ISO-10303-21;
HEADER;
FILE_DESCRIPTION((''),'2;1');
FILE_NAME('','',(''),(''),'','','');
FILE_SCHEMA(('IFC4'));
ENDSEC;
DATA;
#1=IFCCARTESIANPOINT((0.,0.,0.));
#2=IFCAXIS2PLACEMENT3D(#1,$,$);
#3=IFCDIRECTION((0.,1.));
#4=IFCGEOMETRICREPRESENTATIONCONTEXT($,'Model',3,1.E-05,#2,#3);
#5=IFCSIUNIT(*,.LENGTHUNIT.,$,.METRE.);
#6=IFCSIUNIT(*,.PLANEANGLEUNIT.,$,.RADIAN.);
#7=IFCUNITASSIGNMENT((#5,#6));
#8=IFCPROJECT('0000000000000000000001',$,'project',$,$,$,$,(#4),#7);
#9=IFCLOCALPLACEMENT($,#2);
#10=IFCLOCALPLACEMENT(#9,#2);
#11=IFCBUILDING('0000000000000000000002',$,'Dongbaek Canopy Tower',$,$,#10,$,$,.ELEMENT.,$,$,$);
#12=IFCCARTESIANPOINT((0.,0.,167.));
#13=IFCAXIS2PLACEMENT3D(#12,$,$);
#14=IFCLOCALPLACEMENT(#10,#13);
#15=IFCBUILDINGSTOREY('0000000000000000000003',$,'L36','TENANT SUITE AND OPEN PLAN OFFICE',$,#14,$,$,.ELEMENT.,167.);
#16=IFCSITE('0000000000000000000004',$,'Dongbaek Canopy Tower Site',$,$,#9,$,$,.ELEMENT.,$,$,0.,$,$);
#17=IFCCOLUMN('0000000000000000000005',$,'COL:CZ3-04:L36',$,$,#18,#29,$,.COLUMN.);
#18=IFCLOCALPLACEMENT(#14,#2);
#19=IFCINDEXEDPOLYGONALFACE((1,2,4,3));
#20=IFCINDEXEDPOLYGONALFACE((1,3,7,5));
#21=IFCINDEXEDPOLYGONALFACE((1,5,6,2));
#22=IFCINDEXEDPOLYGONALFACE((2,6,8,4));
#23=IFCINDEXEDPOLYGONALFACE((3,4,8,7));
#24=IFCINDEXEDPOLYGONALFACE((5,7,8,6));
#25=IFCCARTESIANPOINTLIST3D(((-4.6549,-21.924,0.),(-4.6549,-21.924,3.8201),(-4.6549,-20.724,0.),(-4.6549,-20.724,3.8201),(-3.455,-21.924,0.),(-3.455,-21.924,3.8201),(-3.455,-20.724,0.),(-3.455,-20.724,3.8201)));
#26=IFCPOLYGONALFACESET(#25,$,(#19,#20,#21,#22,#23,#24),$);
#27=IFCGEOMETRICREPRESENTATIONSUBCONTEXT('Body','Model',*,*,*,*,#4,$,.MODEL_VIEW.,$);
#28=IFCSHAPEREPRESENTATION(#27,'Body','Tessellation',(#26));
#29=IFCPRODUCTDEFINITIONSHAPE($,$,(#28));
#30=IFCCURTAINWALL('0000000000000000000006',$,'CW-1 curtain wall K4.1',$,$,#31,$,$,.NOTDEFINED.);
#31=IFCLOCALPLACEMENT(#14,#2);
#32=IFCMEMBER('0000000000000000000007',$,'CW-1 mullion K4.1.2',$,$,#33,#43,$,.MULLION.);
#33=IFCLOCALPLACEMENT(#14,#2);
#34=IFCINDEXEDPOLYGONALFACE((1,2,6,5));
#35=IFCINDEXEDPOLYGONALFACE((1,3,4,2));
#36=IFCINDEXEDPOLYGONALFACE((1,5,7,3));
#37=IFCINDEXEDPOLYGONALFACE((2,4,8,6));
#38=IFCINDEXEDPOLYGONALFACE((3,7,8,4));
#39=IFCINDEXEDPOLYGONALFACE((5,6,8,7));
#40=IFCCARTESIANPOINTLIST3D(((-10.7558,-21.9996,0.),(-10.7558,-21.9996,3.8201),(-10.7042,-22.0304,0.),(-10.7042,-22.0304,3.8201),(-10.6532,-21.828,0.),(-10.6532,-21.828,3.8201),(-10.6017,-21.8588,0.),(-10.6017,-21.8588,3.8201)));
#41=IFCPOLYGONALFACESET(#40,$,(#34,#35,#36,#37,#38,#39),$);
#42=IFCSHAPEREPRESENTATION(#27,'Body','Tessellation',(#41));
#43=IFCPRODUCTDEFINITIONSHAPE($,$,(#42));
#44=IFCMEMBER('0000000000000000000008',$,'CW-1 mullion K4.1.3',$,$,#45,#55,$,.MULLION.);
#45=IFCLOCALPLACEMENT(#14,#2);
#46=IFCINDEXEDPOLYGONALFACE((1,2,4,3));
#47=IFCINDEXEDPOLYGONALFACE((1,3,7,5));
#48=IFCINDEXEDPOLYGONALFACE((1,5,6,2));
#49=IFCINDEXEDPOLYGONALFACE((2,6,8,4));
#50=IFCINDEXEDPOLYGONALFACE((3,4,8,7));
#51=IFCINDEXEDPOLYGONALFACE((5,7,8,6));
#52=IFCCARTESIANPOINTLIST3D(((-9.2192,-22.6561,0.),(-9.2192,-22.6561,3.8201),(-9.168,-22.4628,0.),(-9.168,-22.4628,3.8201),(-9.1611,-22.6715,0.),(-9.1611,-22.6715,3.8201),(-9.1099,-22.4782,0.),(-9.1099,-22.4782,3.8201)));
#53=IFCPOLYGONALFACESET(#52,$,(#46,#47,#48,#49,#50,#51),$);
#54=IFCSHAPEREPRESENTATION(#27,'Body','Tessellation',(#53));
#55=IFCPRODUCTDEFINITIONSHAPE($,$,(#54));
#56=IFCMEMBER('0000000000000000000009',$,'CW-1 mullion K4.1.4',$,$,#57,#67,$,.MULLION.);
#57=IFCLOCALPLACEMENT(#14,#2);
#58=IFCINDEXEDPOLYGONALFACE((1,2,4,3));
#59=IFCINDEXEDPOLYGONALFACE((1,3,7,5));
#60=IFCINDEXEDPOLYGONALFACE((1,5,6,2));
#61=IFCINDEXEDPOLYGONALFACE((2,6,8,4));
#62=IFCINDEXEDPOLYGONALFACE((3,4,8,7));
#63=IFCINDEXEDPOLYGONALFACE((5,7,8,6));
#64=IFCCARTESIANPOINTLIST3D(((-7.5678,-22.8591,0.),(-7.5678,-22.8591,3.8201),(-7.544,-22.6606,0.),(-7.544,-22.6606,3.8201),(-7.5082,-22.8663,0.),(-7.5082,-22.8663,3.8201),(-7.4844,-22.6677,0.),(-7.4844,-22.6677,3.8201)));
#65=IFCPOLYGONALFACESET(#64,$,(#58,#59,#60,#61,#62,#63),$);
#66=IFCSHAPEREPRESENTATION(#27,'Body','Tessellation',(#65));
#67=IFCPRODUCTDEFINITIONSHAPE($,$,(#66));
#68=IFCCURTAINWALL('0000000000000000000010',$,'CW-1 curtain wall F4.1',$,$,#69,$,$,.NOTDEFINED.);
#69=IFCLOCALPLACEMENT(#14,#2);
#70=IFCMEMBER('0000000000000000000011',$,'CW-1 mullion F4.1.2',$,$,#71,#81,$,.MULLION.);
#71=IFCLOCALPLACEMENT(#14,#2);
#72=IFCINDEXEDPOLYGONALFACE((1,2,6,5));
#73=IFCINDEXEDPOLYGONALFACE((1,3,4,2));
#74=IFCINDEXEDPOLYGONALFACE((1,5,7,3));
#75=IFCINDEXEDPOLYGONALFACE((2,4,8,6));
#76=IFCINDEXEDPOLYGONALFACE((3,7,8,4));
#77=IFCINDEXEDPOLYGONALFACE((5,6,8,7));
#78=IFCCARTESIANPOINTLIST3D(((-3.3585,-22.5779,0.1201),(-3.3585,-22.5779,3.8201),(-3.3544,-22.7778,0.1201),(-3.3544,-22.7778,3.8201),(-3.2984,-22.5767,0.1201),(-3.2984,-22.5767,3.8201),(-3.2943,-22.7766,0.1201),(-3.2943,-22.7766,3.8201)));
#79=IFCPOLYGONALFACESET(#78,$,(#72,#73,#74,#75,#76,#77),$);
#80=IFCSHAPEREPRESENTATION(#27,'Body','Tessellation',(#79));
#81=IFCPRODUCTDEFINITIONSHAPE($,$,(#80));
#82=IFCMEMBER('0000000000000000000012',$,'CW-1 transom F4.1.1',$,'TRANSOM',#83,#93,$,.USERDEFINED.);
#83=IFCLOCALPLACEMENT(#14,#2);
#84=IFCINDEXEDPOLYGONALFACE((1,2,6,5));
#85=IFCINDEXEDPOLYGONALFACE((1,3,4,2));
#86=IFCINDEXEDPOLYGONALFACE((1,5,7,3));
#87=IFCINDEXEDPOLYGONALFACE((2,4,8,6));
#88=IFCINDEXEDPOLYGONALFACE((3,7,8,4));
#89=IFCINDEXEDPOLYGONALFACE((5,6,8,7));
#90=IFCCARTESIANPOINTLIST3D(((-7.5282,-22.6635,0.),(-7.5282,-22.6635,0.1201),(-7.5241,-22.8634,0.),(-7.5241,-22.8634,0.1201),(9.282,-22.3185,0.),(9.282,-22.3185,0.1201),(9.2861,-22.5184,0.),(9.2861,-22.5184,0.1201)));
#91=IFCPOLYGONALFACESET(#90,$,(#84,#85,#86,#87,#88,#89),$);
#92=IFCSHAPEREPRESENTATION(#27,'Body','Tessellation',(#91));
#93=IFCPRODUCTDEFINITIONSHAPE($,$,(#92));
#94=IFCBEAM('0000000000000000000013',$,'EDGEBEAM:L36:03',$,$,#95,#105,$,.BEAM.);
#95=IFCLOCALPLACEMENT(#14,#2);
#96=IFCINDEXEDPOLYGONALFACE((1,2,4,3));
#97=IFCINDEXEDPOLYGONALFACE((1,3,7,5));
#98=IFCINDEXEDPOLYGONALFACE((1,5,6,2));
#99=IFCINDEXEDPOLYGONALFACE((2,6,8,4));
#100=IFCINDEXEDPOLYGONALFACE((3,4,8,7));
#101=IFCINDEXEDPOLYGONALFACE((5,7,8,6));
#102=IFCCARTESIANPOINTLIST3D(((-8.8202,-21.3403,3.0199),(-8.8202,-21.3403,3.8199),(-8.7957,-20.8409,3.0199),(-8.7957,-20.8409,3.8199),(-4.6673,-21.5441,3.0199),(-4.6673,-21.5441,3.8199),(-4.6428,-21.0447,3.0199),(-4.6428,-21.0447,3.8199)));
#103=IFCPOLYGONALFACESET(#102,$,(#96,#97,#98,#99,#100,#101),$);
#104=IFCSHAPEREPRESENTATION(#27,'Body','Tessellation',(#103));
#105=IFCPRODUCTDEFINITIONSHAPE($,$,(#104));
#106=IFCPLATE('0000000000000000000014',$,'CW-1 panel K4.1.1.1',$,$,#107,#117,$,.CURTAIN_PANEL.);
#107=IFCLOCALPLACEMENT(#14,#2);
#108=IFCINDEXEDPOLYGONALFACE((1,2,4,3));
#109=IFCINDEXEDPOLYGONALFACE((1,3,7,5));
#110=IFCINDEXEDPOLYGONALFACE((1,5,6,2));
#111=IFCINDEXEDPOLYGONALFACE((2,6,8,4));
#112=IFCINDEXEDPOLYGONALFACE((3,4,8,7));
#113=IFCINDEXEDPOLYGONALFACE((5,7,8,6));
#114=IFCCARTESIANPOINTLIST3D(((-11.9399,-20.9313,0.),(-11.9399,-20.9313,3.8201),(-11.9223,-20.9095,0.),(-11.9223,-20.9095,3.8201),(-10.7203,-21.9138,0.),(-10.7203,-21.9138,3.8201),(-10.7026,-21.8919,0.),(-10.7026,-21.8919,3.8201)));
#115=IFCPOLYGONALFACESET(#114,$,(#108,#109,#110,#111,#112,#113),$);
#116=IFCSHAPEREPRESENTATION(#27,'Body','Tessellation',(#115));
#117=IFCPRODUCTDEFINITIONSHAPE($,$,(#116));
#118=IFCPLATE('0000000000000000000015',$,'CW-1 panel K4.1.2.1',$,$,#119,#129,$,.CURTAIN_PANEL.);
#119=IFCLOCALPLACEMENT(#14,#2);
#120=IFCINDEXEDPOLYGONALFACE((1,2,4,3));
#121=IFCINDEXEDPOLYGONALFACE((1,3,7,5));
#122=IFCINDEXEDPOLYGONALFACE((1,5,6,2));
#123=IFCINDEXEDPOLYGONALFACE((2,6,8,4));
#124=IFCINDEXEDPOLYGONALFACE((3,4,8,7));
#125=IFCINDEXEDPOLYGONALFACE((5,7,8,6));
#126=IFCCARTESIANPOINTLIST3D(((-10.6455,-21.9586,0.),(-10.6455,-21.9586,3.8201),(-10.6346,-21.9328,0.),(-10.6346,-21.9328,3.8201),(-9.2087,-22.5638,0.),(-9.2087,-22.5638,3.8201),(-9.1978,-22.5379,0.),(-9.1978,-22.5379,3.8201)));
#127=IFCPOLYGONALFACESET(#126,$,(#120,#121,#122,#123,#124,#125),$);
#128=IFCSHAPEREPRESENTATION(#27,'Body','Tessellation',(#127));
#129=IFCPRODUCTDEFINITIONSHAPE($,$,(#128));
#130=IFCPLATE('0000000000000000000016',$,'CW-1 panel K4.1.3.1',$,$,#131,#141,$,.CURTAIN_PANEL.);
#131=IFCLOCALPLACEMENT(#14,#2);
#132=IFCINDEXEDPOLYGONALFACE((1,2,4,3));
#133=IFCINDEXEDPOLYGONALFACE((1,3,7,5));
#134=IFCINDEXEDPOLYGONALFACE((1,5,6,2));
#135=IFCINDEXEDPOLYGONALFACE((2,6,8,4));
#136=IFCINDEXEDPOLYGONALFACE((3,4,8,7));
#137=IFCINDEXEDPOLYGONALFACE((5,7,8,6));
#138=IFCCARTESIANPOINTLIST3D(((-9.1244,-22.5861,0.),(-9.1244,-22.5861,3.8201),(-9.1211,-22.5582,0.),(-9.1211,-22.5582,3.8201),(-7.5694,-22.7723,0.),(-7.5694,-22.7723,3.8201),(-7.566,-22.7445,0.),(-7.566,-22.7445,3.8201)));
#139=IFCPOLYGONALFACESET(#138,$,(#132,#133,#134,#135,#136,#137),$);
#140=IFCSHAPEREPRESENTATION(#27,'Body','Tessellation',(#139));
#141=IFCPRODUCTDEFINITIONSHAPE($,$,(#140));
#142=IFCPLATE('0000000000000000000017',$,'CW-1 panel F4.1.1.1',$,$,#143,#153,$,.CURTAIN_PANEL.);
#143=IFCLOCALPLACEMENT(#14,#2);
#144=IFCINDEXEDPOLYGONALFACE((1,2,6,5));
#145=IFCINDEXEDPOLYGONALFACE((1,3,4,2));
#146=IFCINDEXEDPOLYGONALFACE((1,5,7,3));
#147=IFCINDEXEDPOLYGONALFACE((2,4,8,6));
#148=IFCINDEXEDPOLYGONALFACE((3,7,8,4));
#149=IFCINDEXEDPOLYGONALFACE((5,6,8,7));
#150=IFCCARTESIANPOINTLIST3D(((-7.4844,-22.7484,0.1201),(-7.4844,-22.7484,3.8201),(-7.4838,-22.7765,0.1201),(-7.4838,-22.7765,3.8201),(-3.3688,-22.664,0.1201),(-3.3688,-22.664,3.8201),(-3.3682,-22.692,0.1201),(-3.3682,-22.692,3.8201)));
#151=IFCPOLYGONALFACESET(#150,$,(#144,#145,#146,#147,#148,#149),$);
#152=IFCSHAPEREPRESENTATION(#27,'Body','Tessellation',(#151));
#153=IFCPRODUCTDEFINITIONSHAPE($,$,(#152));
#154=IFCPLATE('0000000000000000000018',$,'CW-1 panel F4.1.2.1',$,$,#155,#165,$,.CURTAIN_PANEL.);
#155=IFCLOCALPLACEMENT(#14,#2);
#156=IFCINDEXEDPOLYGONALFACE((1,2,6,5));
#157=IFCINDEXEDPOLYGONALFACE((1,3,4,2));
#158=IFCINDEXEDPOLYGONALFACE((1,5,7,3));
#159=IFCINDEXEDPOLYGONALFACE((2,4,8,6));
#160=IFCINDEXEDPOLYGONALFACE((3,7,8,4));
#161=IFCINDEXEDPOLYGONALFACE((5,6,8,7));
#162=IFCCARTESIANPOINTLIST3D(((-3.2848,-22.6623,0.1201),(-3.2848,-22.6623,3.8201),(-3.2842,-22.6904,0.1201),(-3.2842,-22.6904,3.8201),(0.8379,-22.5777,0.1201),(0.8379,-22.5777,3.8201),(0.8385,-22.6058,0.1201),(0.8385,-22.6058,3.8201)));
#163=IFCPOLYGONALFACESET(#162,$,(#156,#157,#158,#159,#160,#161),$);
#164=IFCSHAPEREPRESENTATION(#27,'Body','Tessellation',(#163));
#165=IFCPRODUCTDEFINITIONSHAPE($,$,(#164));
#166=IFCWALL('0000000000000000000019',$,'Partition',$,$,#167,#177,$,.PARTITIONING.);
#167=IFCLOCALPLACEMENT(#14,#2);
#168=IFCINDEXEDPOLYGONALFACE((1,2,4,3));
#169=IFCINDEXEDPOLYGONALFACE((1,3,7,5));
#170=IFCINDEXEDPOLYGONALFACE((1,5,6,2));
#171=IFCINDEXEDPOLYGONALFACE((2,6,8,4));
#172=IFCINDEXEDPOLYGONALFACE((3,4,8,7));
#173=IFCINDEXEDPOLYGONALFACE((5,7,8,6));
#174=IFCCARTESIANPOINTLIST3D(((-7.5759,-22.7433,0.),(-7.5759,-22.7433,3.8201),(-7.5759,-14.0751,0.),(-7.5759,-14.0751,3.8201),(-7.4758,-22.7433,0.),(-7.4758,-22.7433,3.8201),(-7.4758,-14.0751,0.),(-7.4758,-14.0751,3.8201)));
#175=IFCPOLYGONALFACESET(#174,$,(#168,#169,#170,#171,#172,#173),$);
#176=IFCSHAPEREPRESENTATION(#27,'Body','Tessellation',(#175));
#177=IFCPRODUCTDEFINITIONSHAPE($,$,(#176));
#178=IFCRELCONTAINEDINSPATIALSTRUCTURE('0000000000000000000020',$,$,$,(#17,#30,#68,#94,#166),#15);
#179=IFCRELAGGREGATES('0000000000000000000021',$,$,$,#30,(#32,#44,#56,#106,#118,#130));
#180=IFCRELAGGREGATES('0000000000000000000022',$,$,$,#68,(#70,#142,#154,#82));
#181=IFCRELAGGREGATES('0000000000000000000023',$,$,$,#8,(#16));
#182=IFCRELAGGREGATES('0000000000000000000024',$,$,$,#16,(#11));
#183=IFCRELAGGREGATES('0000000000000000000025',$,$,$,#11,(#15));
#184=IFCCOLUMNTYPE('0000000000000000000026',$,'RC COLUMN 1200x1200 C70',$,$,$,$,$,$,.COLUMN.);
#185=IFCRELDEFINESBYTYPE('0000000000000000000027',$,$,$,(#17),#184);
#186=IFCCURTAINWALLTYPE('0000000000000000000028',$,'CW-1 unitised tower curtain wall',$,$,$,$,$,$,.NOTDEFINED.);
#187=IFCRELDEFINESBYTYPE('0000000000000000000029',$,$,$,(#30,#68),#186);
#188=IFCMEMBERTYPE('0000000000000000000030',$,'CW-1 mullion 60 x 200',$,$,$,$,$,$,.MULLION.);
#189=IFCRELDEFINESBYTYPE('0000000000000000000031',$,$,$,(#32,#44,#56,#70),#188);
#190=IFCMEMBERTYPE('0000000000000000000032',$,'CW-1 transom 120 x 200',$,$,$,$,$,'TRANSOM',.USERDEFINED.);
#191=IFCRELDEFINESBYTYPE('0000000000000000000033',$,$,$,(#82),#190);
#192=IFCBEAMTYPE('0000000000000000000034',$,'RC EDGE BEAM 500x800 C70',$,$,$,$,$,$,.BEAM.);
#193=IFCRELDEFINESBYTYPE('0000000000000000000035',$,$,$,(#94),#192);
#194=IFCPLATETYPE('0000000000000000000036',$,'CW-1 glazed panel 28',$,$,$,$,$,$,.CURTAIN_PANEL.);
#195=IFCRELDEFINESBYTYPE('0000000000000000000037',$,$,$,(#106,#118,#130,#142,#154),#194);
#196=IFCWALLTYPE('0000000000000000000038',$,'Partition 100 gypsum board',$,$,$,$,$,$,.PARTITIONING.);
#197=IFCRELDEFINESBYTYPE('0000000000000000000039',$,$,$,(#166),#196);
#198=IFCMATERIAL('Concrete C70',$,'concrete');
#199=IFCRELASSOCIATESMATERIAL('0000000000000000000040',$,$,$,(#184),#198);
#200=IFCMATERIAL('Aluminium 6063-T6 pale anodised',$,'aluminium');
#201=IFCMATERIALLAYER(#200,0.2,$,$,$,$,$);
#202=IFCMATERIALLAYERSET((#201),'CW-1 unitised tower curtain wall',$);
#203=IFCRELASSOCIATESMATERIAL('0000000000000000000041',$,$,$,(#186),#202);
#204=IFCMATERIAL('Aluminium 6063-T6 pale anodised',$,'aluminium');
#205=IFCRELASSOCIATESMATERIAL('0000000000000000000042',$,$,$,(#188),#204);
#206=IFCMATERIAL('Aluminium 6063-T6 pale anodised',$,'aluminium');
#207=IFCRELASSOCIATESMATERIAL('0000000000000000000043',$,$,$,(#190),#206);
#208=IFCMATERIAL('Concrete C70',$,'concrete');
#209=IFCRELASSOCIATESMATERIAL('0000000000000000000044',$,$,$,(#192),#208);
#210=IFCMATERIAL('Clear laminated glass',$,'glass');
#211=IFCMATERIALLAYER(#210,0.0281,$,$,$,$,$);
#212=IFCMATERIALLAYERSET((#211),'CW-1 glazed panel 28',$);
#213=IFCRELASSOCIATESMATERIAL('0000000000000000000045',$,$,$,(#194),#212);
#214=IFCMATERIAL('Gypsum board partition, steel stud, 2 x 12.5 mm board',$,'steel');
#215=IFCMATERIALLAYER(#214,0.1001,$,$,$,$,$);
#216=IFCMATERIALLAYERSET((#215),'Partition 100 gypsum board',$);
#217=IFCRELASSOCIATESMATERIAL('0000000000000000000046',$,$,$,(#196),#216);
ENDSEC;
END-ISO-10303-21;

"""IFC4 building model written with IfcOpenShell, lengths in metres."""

from ifc_helpers import new_model, si_unit, direction, frame, frame_2d, origin, origin_2d, place, context, subcontext, project, spatial, rectangle, extrude, material, layer, layer_set, material_profile, profile_set, type_object, element, aggregate, save


model = new_model("IFC4")

# Units and contexts
model_context = context("Model", 3, precision=1e-05, world=origin(), true_north=direction((0.0, 1.0)))
body_context = subcontext(model_context, "Body", "Model", "MODEL_VIEW")
ifc_project = project(units=[si_unit("LENGTHUNIT", "METRE"), si_unit("PLANEANGLEUNIT", "RADIAN")], contexts=[model_context])

# Site, building, storey
site_placement = place(None, origin())
site = spatial("IfcSite", under=ifc_project, at=site_placement, Name="Dongbaek Canopy Tower Site", CompositionType="ELEMENT", RefElevation=0.0)
building_placement = place(site_placement, origin())
building = spatial("IfcBuilding", under=site, at=building_placement, Name="Dongbaek Canopy Tower", CompositionType="ELEMENT")
storey_placement = place(building_placement, frame((0.0, 0.0, 167.0)))
storey = spatial("IfcBuildingStorey", under=building, at=storey_placement, Name="L36", Description="TENANT SUITE AND OPEN PLAN OFFICE", CompositionType="ELEMENT", Elevation=167.0)

# Column
ifc_material_1 = material(Name="Concrete C70", Category="concrete")
ifc_material_profile_1 = material_profile(ifc_material_1, rectangle(XDim=1.2, YDim=1.2, at=origin_2d()), Name="RC COLUMN 1200x1200 C70")
ifc_profile_set_1 = profile_set([ifc_material_profile_1], Name="Concrete C70")
column_type = type_object("IfcColumnType", Name="RC COLUMN 1200x1200 C70", PredefinedType="COLUMN", material=ifc_profile_set_1)
column_placement = place(storey_placement, frame((-4.0549, -21.324, 0.0), z_axis=(0.0, 0.0, 1.0), x_axis=(1.0, 0.0, 0.0)))
element("IfcColumn", 1, at=column_placement, inside=storey, type_object=column_type, Name="COL:CZ3-04:L36", PredefinedType="COLUMN", context=body_context, shape_type="SweptSolid", body=[
    extrude(rectangle(XDim=1.2, YDim=1.2, at=origin_2d()), origin(), (0.0, 0.0, 1.0), 3.8201),
])

# Curtain walls, members
ifc_material_2 = material(Name="Aluminium 6063-T6 pale anodised", Category="aluminium")
ifc_layer_1 = layer(ifc_material_2, 0.2)
ifc_layer_set_1 = layer_set([ifc_layer_1], Name="CW-1 unitised tower curtain wall")
curtain_wall_type = type_object("IfcCurtainWallType", Name="CW-1 unitised tower curtain wall", PredefinedType="NOTDEFINED", material=ifc_layer_set_1)
curtain_wall_1_placement = place(storey_placement, origin())
curtain_wall_1 = element("IfcCurtainWall", 2, at=curtain_wall_1_placement, inside=storey, type_object=curtain_wall_type, Name="CW-1 curtain wall K4.1", PredefinedType="NOTDEFINED")
ifc_material_3 = material(Name="Aluminium 6063-T6 pale anodised", Category="aluminium")
ifc_material_profile_2 = material_profile(ifc_material_3, rectangle(XDim=0.2, YDim=0.0601, at=origin_2d()), Name="CW-1 mullion 60 x 200")
ifc_profile_set_2 = profile_set([ifc_material_profile_2], Name="Aluminium 6063-T6 pale anodised")
member_type_1 = type_object("IfcMemberType", Name="CW-1 mullion 60 x 200", PredefinedType="MULLION", material=ifc_profile_set_2)
member_1_placement = place(storey_placement, frame((-10.6787, -21.9292, 0.0), z_axis=(0.0, 0.0, 1.0), x_axis=(-0.512735, -0.858547, 0.0)))
member_1 = element("IfcMember", 3, at=member_1_placement, type_object=member_type_1, Name="CW-1 mullion K4.1.2", PredefinedType="MULLION", context=body_context, shape_type="SweptSolid", body=[
    extrude(rectangle(XDim=0.2, YDim=0.0601, at=origin_2d()), origin(), (0.0, 0.0, 1.0), 3.8201),
])
member_2_placement = place(storey_placement, frame((-9.1646, -22.5671, 0.0), z_axis=(0.0, 0.0, 1.0), x_axis=(-0.256042, -0.966666, 0.0)))
member_2 = element("IfcMember", 4, at=member_2_placement, type_object=member_type_1, Name="CW-1 mullion K4.1.3", PredefinedType="MULLION", context=body_context, shape_type="SweptSolid", body=[
    extrude(rectangle(XDim=0.2, YDim=0.0601, at=origin_2d()), origin(), (0.0, 0.0, 1.0), 3.8201),
])
member_3_placement = place(storey_placement, frame((-7.5261, -22.7634, 0.0), z_axis=(0.0, 0.0, 1.0), x_axis=(-0.118922, -0.992904, 0.0)))
member_3 = element("IfcMember", 5, at=member_3_placement, type_object=member_type_1, Name="CW-1 mullion K4.1.4", PredefinedType="MULLION", context=body_context, shape_type="SweptSolid", body=[
    extrude(rectangle(XDim=0.2, YDim=0.0601, at=origin_2d()), origin(), (0.0, 0.0, 1.0), 3.8201),
])
curtain_wall_2_placement = place(storey_placement, origin())
curtain_wall_2 = element("IfcCurtainWall", 6, at=curtain_wall_2_placement, inside=storey, type_object=curtain_wall_type, Name="CW-1 curtain wall F4.1", PredefinedType="NOTDEFINED")
member_4_placement = place(storey_placement, frame((-3.3264, -22.6772, 0.1201), z_axis=(0.0, 0.0, 1.0), x_axis=(0.020515, -0.99979, 0.0)))
member_4 = element("IfcMember", 7, at=member_4_placement, type_object=member_type_1, Name="CW-1 mullion F4.1.2", PredefinedType="MULLION", context=body_context, shape_type="SweptSolid", body=[
    extrude(rectangle(XDim=0.2, YDim=0.0601, at=origin_2d()), origin(), (0.0, 0.0, 1.0), 3.7),
])
ifc_material_4 = material(Name="Aluminium 6063-T6 pale anodised", Category="aluminium")
ifc_material_profile_3 = material_profile(ifc_material_4, rectangle(XDim=0.2, YDim=0.1201, at=origin_2d()), Name="CW-1 transom 120 x 200")
ifc_profile_set_3 = profile_set([ifc_material_profile_3], Name="Aluminium 6063-T6 pale anodised")
member_type_2 = type_object("IfcMemberType", Name="CW-1 transom 120 x 200", ElementType="TRANSOM", PredefinedType="USERDEFINED", material=ifc_profile_set_3)
member_5_placement = place(storey_placement, frame((-7.5261, -22.7634, 0.0601), z_axis=(0.99979, 0.020517, 0.0), x_axis=(-0.020517, 0.99979, 0.0)))
member_5 = element("IfcMember", 8, at=member_5_placement, type_object=member_type_2, Name="CW-1 transom F4.1.1", ObjectType="TRANSOM", PredefinedType="USERDEFINED", context=body_context, shape_type="SweptSolid", body=[
    extrude(rectangle(XDim=0.2, YDim=0.1201, at=origin_2d()), origin(), (0.0, 0.0, 1.0), 16.8137),
])

# Beam
ifc_material_5 = material(Name="Concrete C70", Category="concrete")
ifc_material_profile_4 = material_profile(ifc_material_5, rectangle(XDim=0.5, YDim=0.8, at=origin_2d()), Name="RC EDGE BEAM 500x800 C70")
ifc_profile_set_4 = profile_set([ifc_material_profile_4], Name="Concrete C70")
beam_type = type_object("IfcBeamType", Name="RC EDGE BEAM 500x800 C70", PredefinedType="BEAM", material=ifc_profile_set_4)
beam_placement = place(storey_placement, frame((-4.655, -21.2944, 3.4199), z_axis=(-0.998797, 0.049027, 0.0), x_axis=(-0.049027, -0.998797, 0.0)))
element("IfcBeam", 9, at=beam_placement, inside=storey, type_object=beam_type, Name="EDGEBEAM:L36:03", PredefinedType="BEAM", context=body_context, shape_type="SweptSolid", body=[
    extrude(rectangle(XDim=0.5, YDim=0.8, at=origin_2d()), origin(), (0.0, 0.0, 1.0), 4.158),
])

# Plates
ifc_material_6 = material(Name="Clear laminated glass", Category="glass")
ifc_layer_2 = layer(ifc_material_6, 0.0281)
ifc_layer_set_2 = layer_set([ifc_layer_2], Name="CW-1 glazed panel 28")
plate_type = type_object("IfcPlateType", Name="CW-1 glazed panel 28", PredefinedType="CURTAIN_PANEL", material=ifc_layer_set_2)
plate_1_placement = place(storey_placement, frame((-11.3213, -21.4116, 0.0), z_axis=(0.0, 0.0, 1.0), x_axis=(0.778774, -0.627305, 0.0)))
plate_1 = element("IfcPlate", 10, at=plate_1_placement, type_object=plate_type, Name="CW-1 panel K4.1.1.1", PredefinedType="CURTAIN_PANEL", context=body_context, shape_type="SweptSolid", body=[
    extrude(rectangle(XDim=1.5662, YDim=0.0281, at=origin_2d()), origin(), (0.0, 0.0, 1.0), 3.8201),
])
plate_2_placement = place(storey_placement, frame((-9.9216, -22.2483, 0.0), z_axis=(0.0, 0.0, 1.0), x_axis=(0.921587, -0.388171, 0.0)))
plate_2 = element("IfcPlate", 11, at=plate_2_placement, type_object=plate_type, Name="CW-1 panel K4.1.2.1", PredefinedType="CURTAIN_PANEL", context=body_context, shape_type="SweptSolid", body=[
    extrude(rectangle(XDim=1.5591, YDim=0.0281, at=origin_2d()), origin(), (0.0, 0.0, 1.0), 3.8201),
])
plate_3_placement = place(storey_placement, frame((-8.3452, -22.6653, 0.0), z_axis=(0.0, 0.0, 1.0), x_axis=(0.992904, -0.118922, 0.0)))
plate_3 = element("IfcPlate", 12, at=plate_3_placement, type_object=plate_type, Name="CW-1 panel K4.1.3.1", PredefinedType="CURTAIN_PANEL", context=body_context, shape_type="SweptSolid", body=[
    extrude(rectangle(XDim=1.5662, YDim=0.0281, at=origin_2d()), origin(), (0.0, 0.0, 1.0), 3.8201),
])
aggregate(curtain_wall_1, [member_1, member_2, member_3, plate_1, plate_2, plate_3])
plate_4_placement = place(storey_placement, frame((-5.4263, -22.7202, 0.1201), z_axis=(0.0, 0.0, 1.0), x_axis=(0.99979, 0.020515, 0.0)))
plate_4 = element("IfcPlate", 13, at=plate_4_placement, type_object=plate_type, Name="CW-1 panel F4.1.1.1", PredefinedType="CURTAIN_PANEL", context=body_context, shape_type="SweptSolid", body=[
    extrude(rectangle(XDim=4.1165, YDim=0.0281, at=origin_2d()), origin(), (0.0, 0.0, 1.0), 3.7),
])
plate_5_placement = place(storey_placement, frame((-1.2231, -22.634, 0.1201), z_axis=(0.0, 0.0, 1.0), x_axis=(0.99979, 0.020515, 0.0)))
plate_5 = element("IfcPlate", 14, at=plate_5_placement, type_object=plate_type, Name="CW-1 panel F4.1.2.1", PredefinedType="CURTAIN_PANEL", context=body_context, shape_type="SweptSolid", body=[
    extrude(rectangle(XDim=4.1235, YDim=0.0281, at=origin_2d()), origin(), (0.0, 0.0, 1.0), 3.7),
])

# Wall
ifc_material_7 = material(Name="Gypsum board partition, steel stud, 2 x 12.5 mm board", Category="steel")
ifc_layer_3 = layer(ifc_material_7, 0.1001)
ifc_layer_set_3 = layer_set([ifc_layer_3], Name="Partition 100 gypsum board")
wall_type = type_object("IfcWallType", Name="Partition 100 gypsum board", PredefinedType="PARTITIONING", material=ifc_layer_set_3)
wall_placement = place(storey_placement, frame((-7.5259, -22.7432, 0.0), z_axis=(0.0, 0.0, 1.0), x_axis=(0.0, 1.0, 0.0)))
element("IfcWall", 15, at=wall_placement, inside=storey, type_object=wall_type, Name="Partition", PredefinedType="PARTITIONING", context=body_context, shape_type="SweptSolid", body=[
    extrude(rectangle(XDim=8.6682, YDim=0.1001, at=frame_2d((4.334, 0.0))), origin(), (0.0, 0.0, 1.0), 3.8201),
])

aggregate(curtain_wall_2, [member_4, plate_4, plate_5, member_5])

save(model, "model.ifc")
